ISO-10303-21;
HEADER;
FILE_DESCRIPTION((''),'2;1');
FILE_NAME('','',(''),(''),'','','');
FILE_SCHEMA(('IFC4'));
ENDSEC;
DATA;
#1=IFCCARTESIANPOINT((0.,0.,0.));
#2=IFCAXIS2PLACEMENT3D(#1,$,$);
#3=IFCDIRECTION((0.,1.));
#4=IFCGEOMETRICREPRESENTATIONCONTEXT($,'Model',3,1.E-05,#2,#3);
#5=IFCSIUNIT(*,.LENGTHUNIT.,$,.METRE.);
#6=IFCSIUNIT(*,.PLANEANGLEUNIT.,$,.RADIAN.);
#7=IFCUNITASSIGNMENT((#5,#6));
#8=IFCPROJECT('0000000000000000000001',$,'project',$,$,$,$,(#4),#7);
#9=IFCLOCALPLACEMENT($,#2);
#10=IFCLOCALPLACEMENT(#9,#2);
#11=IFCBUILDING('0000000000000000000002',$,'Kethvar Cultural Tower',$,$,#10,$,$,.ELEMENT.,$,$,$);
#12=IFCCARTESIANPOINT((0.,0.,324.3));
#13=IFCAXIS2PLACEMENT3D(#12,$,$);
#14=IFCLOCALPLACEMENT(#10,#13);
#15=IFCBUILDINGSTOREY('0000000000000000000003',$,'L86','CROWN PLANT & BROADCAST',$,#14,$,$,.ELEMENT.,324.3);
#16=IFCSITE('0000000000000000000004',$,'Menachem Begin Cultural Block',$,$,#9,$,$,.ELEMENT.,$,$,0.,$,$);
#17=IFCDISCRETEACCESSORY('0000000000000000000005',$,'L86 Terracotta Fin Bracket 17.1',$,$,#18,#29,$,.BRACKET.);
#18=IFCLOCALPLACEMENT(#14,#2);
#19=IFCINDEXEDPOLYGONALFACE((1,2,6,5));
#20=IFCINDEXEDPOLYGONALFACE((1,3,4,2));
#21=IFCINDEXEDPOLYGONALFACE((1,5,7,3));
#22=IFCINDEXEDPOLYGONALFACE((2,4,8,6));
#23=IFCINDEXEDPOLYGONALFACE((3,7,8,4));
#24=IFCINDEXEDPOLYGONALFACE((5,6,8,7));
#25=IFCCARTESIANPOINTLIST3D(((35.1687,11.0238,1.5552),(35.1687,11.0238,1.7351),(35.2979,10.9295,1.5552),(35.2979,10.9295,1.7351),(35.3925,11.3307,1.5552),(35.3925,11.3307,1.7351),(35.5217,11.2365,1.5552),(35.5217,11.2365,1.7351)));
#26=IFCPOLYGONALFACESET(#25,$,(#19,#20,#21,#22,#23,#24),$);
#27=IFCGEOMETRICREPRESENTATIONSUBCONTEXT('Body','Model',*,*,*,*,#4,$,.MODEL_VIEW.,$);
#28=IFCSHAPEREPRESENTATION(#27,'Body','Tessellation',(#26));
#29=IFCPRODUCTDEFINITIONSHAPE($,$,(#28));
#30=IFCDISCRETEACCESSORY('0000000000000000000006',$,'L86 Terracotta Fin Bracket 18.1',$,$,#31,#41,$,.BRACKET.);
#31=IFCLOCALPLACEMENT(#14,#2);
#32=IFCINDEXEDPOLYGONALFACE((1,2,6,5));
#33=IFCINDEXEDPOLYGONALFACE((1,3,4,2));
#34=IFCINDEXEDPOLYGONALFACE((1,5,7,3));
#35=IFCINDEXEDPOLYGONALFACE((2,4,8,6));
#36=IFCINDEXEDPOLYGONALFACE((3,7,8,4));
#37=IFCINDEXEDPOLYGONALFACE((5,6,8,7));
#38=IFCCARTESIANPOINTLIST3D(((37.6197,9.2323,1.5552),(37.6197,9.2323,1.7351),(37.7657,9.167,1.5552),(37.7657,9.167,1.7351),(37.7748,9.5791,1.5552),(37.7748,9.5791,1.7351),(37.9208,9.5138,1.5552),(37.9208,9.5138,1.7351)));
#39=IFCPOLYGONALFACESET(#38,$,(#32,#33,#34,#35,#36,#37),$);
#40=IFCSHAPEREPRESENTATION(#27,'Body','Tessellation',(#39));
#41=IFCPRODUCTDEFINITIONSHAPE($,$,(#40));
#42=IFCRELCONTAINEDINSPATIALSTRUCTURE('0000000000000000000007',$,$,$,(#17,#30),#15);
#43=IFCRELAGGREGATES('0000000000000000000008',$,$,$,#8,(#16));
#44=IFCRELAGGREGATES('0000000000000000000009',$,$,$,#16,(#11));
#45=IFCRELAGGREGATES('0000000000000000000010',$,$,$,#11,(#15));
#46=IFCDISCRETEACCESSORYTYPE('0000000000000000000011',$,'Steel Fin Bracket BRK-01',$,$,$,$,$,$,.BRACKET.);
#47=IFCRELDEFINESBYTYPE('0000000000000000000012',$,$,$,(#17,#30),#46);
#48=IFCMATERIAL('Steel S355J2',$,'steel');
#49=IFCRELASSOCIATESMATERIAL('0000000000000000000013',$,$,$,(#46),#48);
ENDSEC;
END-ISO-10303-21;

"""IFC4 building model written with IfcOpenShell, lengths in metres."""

from ifc_helpers import new_model, si_unit, direction, frame, origin, origin_2d, place, context, subcontext, project, spatial, rectangle, extrude, source, transform, mapped, material, type_object, element, save


model = new_model("IFC4")

# Units and contexts
model_context = context("Model", 3, precision=1e-05, world=origin(), true_north=direction((0.0, 1.0)))
body_context = subcontext(model_context, "Body", "Model", "MODEL_VIEW")
ifc_project = project(units=[si_unit("LENGTHUNIT", "METRE"), si_unit("PLANEANGLEUNIT", "RADIAN")], contexts=[model_context])

# Site, building, storey
site_placement = place(None, origin())
site = spatial("IfcSite", under=ifc_project, at=site_placement, Name="Menachem Begin Cultural Block", CompositionType="ELEMENT", RefElevation=0.0)
building_placement = place(site_placement, origin())
building = spatial("IfcBuilding", under=site, at=building_placement, Name="Kethvar Cultural Tower", CompositionType="ELEMENT")
storey_placement = place(building_placement, frame((0.0, 0.0, 324.3)))
storey = spatial("IfcBuildingStorey", under=building, at=storey_placement, Name="L86", Description="CROWN PLANT & BROADCAST", CompositionType="ELEMENT", Elevation=324.3)

# Shared definitions
ifc_material_1 = material(Name="Steel S355J2", Category="steel")

# Discrete accessories
discrete_accessory_type = type_object("IfcDiscreteAccessoryType", Name="Steel Fin Bracket BRK-01", PredefinedType="BRACKET", material=ifc_material_1)
shared_shape_1 = source(origin(), body_context, "Body", "SweptSolid", [
    extrude(rectangle(XDim=0.3799, YDim=0.1599, at=origin_2d()), origin(), (0.0, 0.0, 1.0), 0.1799),
])
for number, where, z_axis, x_axis, name in (
    (1, (35.3452, 11.1301, 1.5552), (0.0, 0.0, 1.0), (-0.589196, -0.80799, 0.0), "L86 Terracotta Fin Bracket 17.1"),
    (2, (37.7703, 9.373, 1.5552), (0.0, 0.0, 1.0), (-0.408171, -0.912905, 0.0), "L86 Terracotta Fin Bracket 18.1"),
):
    element("IfcDiscreteAccessory", number, at=place(storey_placement, frame(where, z_axis=z_axis, x_axis=x_axis)), inside=storey, type_object=discrete_accessory_type, Name=name, PredefinedType="BRACKET", context=body_context, shape_type="MappedRepresentation", body=[
        mapped(shared_shape_1, transform((0.0, 0.0, 0.0), scale=1.0)),
    ])

save(model, "model.ifc")
